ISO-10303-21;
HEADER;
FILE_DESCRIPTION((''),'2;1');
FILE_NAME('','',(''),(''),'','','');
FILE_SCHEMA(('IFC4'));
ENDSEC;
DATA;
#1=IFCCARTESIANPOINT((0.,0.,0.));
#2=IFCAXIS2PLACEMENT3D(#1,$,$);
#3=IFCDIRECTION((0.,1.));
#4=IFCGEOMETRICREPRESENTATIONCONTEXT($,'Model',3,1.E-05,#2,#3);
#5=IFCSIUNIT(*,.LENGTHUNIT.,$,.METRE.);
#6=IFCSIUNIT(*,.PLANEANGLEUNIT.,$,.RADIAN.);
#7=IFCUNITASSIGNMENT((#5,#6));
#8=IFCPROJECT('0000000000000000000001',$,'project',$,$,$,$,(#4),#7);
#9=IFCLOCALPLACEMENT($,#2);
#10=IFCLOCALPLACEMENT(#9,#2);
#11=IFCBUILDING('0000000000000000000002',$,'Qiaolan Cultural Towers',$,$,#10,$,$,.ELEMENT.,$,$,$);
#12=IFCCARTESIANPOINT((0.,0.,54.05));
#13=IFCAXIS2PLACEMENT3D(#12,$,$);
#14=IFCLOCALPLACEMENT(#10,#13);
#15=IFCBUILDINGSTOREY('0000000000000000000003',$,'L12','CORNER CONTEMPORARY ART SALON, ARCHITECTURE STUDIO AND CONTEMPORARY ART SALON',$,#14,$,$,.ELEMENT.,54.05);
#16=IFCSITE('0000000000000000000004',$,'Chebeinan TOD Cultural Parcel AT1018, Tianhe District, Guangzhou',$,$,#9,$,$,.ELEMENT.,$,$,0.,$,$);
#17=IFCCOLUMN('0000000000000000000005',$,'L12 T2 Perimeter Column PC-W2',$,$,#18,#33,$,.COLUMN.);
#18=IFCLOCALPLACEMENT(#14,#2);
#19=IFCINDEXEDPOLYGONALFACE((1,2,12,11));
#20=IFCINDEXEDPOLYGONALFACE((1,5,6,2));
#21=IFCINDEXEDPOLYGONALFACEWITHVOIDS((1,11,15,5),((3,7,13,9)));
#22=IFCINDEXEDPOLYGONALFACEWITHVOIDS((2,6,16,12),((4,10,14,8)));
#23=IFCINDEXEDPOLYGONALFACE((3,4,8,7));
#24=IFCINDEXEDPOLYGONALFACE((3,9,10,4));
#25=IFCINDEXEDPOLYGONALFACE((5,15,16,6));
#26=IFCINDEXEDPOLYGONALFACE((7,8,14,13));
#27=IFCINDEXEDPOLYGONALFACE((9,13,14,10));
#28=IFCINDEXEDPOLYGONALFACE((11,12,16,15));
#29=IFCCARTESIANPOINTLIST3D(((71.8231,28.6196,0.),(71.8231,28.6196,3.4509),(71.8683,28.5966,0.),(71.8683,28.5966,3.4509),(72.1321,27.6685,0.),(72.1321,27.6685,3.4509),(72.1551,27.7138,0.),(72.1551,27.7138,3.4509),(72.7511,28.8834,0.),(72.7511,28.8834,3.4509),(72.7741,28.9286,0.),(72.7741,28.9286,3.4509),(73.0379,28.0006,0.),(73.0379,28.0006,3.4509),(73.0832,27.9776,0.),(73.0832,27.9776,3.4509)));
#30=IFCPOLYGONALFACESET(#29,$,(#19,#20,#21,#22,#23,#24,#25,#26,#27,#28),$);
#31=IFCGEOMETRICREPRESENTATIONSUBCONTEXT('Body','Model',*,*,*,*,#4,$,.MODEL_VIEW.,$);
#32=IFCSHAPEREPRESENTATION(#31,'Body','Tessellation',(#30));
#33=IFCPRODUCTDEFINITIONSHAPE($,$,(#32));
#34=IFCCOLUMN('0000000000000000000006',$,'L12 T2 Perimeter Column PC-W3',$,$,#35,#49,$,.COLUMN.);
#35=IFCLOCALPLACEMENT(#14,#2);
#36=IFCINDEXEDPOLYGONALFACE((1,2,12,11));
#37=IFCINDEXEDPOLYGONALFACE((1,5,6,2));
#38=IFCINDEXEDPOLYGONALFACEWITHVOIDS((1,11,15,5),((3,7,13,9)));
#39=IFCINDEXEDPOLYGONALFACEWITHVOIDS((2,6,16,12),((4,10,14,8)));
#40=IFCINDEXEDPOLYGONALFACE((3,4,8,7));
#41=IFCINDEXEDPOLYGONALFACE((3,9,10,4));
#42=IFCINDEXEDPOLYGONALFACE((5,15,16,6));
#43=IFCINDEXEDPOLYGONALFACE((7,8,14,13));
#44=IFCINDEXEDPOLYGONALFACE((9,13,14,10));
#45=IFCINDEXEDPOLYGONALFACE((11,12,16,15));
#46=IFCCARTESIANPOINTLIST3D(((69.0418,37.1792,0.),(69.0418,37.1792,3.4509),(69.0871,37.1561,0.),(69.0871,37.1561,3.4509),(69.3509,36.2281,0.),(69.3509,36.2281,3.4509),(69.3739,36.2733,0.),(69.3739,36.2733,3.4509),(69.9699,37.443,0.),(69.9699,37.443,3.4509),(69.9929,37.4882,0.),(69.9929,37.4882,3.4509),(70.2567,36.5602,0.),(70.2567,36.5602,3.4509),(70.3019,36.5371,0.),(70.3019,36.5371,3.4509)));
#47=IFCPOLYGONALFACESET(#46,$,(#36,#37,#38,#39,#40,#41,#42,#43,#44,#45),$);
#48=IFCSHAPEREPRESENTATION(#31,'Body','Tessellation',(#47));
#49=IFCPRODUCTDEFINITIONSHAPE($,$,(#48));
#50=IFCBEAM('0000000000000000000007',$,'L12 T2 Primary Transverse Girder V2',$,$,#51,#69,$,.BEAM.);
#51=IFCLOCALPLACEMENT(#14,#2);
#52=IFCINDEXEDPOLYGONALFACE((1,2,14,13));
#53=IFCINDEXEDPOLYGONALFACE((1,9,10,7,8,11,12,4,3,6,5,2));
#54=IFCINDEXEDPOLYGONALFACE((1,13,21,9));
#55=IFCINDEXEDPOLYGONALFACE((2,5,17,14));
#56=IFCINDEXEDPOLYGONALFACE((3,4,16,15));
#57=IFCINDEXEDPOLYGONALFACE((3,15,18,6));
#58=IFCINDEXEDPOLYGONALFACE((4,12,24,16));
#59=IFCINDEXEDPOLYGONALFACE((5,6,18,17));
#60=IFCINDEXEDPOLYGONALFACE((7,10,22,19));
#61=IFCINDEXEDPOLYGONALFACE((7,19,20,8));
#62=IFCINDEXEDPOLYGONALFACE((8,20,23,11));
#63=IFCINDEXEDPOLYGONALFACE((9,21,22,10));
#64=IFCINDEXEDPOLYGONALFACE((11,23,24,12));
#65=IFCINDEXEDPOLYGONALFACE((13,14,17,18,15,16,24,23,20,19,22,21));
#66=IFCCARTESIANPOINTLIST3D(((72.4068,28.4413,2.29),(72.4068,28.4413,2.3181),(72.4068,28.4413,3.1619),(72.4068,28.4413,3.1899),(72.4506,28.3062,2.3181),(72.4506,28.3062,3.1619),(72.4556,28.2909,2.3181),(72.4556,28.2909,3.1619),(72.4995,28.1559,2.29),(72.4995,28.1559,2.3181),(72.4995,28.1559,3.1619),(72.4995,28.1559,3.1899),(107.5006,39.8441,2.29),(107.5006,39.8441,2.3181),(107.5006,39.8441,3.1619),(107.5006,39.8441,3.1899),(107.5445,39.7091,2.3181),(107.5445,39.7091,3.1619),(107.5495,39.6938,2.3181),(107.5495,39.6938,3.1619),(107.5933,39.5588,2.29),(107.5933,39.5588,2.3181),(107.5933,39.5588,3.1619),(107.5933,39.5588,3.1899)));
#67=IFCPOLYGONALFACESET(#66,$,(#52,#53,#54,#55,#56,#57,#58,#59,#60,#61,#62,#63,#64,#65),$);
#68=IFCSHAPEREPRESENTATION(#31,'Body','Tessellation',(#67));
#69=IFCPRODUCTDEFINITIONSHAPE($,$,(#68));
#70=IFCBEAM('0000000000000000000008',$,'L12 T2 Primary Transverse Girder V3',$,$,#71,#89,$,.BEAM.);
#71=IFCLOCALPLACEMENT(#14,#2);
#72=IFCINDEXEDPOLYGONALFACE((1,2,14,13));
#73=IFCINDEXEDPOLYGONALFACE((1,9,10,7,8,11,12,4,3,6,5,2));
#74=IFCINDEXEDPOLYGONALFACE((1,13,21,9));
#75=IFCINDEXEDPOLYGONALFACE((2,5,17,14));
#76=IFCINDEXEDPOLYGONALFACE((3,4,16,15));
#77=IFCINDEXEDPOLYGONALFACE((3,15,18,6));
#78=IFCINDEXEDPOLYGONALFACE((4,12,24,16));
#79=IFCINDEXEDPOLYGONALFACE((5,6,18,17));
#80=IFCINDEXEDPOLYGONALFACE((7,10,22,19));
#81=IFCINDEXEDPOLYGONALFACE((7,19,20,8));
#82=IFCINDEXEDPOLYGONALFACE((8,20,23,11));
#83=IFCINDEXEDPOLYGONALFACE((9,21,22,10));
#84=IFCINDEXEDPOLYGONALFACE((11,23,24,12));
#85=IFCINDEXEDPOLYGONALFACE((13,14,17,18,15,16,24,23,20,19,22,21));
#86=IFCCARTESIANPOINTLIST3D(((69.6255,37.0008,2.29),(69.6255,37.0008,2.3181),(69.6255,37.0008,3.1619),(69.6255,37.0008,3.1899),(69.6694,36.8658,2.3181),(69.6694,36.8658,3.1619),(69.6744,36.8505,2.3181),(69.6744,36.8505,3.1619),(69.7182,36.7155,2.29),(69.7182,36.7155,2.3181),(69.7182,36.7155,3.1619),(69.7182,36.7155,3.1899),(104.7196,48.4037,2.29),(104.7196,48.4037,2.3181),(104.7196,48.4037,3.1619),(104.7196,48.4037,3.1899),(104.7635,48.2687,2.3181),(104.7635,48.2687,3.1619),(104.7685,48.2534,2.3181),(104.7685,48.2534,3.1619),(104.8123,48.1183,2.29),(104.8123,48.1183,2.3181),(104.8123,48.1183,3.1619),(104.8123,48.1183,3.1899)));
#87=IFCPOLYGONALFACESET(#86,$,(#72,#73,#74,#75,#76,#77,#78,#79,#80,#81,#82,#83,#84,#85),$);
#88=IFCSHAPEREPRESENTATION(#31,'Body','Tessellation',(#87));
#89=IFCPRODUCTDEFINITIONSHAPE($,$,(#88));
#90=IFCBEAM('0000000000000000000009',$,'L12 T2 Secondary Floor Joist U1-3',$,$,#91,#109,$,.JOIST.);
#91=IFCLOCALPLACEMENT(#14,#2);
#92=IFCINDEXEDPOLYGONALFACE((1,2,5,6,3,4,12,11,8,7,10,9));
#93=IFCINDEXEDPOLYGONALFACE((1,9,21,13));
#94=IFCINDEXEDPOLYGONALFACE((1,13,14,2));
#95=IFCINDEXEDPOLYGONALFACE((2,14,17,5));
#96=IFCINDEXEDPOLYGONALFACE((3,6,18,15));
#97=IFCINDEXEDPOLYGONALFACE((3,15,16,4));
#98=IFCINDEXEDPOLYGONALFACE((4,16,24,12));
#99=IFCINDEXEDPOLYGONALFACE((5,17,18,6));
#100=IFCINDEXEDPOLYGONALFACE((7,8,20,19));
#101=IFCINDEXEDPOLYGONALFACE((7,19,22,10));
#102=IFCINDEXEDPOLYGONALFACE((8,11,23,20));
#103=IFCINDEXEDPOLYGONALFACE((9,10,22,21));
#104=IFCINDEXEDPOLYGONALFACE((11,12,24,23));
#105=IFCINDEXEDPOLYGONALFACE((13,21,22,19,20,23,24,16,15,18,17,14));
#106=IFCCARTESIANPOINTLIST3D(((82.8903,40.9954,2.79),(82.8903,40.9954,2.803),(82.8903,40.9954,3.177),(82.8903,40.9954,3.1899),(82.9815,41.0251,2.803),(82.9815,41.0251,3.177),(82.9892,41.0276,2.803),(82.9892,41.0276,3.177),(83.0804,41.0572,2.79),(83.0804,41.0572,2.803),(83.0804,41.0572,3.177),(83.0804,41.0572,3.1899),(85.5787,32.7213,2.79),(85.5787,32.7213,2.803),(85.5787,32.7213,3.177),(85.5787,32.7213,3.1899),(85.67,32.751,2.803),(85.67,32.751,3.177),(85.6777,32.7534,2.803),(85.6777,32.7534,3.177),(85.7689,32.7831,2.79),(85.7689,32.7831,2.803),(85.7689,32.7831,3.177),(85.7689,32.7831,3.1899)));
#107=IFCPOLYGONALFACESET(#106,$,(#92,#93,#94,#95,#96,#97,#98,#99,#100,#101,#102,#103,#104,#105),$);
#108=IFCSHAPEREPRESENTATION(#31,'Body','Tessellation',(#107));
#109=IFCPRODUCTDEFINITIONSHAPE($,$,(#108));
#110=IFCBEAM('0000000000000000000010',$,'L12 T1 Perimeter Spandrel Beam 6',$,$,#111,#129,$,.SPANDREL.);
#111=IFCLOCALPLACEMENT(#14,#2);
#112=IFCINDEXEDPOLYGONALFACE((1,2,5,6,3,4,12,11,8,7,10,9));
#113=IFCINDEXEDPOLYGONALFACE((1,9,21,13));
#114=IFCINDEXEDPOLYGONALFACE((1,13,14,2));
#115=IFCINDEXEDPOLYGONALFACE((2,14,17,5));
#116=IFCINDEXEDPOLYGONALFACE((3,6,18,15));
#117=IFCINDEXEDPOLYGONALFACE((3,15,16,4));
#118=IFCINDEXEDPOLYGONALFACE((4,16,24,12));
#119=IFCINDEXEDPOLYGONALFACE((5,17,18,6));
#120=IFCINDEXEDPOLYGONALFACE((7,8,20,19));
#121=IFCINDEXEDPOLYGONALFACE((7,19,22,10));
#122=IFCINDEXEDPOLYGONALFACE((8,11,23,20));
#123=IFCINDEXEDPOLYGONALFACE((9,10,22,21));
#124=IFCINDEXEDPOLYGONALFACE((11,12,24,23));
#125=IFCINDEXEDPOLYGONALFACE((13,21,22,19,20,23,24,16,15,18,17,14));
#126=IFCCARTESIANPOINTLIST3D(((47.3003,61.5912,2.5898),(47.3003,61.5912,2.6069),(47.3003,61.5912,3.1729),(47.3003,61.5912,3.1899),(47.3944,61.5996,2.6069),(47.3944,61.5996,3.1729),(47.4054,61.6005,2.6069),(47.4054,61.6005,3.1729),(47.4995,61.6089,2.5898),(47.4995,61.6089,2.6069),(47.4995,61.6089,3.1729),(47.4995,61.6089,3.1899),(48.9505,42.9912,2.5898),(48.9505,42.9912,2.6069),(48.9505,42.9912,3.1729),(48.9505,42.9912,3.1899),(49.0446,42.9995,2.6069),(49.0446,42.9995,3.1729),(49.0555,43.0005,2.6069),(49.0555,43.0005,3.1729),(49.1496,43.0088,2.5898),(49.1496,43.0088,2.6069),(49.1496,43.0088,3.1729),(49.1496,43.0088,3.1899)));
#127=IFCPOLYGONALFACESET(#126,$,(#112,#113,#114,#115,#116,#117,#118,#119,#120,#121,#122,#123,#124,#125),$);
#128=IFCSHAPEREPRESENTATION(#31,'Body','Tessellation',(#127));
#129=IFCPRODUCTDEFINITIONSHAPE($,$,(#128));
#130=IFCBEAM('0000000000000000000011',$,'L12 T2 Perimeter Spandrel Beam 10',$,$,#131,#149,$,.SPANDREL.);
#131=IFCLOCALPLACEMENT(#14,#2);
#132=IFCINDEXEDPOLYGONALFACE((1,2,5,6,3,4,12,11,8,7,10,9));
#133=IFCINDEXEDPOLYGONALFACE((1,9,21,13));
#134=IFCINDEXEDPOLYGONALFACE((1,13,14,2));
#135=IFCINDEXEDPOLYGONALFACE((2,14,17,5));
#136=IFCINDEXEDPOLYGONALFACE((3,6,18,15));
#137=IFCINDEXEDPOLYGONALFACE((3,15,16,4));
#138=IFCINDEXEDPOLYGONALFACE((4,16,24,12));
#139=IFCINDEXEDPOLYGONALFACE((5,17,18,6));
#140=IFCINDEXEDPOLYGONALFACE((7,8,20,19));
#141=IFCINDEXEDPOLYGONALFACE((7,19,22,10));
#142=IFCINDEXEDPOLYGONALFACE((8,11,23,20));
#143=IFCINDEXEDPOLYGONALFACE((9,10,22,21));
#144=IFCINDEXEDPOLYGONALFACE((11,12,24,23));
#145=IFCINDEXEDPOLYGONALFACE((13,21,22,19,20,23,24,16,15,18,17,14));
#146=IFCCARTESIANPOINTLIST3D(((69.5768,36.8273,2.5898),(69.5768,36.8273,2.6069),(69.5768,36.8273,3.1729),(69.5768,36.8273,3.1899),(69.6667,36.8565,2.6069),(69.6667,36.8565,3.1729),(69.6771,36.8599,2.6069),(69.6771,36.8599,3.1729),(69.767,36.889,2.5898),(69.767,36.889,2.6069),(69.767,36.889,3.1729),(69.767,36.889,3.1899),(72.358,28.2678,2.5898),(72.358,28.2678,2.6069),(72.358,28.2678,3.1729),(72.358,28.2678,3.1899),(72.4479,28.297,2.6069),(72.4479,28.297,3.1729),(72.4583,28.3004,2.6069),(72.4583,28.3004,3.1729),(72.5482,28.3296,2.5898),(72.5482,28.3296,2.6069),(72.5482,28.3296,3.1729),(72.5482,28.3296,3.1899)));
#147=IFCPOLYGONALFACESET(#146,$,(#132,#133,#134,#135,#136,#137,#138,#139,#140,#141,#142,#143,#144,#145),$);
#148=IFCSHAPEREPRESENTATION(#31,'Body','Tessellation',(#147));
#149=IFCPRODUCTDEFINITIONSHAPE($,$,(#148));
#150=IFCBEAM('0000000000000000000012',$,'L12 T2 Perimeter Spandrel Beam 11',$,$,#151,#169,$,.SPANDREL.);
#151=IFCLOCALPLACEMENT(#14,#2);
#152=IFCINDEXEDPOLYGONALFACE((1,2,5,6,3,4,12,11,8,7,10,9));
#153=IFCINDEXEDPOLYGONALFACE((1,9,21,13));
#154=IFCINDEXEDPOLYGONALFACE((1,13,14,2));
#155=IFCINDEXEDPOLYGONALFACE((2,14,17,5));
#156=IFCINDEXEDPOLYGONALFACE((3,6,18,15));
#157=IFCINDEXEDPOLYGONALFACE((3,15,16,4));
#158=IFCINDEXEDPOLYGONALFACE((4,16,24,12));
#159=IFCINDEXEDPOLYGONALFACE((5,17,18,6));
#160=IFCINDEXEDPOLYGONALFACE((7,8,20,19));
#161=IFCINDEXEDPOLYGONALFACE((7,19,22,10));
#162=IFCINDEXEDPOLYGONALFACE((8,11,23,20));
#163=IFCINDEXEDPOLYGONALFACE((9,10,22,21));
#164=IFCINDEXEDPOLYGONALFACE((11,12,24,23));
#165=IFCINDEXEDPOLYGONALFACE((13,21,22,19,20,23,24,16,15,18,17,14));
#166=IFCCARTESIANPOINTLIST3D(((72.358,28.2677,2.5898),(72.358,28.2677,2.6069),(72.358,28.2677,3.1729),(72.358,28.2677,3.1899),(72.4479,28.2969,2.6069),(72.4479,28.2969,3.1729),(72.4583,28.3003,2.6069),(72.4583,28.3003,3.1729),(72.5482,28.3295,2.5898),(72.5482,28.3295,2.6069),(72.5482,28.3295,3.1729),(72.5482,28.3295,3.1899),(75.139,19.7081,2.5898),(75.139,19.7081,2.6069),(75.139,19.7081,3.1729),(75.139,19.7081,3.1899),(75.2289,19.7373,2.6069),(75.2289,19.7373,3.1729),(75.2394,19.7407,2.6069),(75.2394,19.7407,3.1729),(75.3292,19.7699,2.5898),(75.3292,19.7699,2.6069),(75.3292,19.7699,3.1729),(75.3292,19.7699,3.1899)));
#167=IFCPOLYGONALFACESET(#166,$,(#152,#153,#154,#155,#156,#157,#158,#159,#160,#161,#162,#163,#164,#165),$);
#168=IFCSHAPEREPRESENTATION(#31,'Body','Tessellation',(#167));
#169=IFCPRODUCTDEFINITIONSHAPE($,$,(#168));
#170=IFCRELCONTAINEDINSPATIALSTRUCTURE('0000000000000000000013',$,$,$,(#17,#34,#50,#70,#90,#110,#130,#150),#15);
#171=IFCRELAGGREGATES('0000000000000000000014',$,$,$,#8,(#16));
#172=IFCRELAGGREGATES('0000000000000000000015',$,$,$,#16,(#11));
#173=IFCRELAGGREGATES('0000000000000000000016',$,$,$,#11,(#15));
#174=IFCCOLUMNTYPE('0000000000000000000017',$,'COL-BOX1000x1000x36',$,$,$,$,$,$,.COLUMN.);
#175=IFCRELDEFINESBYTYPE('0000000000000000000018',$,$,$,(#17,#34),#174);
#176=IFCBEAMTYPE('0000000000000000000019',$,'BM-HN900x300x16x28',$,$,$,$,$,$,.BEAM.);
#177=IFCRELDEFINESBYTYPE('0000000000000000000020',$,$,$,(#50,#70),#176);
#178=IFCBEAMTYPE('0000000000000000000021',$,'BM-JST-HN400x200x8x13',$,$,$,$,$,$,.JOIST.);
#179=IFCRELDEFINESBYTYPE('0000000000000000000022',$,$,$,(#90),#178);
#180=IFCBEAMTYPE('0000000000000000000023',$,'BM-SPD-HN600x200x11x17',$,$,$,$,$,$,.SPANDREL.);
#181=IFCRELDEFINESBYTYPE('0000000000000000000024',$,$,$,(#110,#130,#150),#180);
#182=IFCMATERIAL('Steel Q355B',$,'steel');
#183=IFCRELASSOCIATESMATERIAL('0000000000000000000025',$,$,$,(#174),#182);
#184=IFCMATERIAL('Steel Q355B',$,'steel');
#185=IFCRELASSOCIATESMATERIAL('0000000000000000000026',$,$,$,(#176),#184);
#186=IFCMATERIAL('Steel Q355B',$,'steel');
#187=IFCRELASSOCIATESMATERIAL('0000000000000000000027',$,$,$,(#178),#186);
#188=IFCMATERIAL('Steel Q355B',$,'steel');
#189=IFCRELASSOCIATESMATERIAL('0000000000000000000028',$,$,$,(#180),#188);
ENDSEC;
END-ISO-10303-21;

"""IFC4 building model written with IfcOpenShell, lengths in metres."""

from ifc_helpers import new_model, si_unit, direction, frame, origin, origin_2d, place, context, subcontext, project, spatial, hollow_rectangle, i_section, extrude, material, material_profile, profile_set, type_object, element, save


model = new_model("IFC4")

# Units and contexts
model_context = context("Model", 3, precision=1e-05, world=origin(), true_north=direction((0.0, 1.0)))
body_context = subcontext(model_context, "Body", "Model", "MODEL_VIEW")
ifc_project = project(units=[si_unit("LENGTHUNIT", "METRE"), si_unit("PLANEANGLEUNIT", "RADIAN")], contexts=[model_context])

# Site, building, storey
site_placement = place(None, origin())
site = spatial("IfcSite", under=ifc_project, at=site_placement, Name="Chebeinan TOD Cultural Parcel AT1018, Tianhe District, Guangzhou", CompositionType="ELEMENT", RefElevation=0.0)
building_placement = place(site_placement, origin())
building = spatial("IfcBuilding", under=site, at=building_placement, Name="Qiaolan Cultural Towers", CompositionType="ELEMENT")
storey_placement = place(building_placement, frame((0.0, 0.0, 54.05)))
storey = spatial("IfcBuildingStorey", under=building, at=storey_placement, Name="L12", Description="CORNER CONTEMPORARY ART SALON, ARCHITECTURE STUDIO AND CONTEMPORARY ART SALON", CompositionType="ELEMENT", Elevation=54.05)

# Columns
ifc_material_1 = material(Name="Steel Q355B", Category="steel")
ifc_material_profile_1 = material_profile(ifc_material_1, hollow_rectangle(XDim=1.0, YDim=1.0, WallThickness=0.0359, at=origin_2d()), Name="BOX1000x1000x36")
ifc_profile_set_1 = profile_set([ifc_material_profile_1], Name="Steel Q355B")
column_type = type_object("IfcColumnType", Name="COL-BOX1000x1000x36", PredefinedType="COLUMN", material=ifc_profile_set_1)
for number, where, z_axis, x_axis, name in (
    (1, (72.4531, 28.2986, 0.0), (0.0, 0.0, 1.0), (0.951057, 0.309017, 0.0), "L12 T2 Perimeter Column PC-W2"),
    (2, (69.6719, 36.8582, 0.0), (0.0, 0.0, 1.0), (0.951057, 0.309017, 0.0), "L12 T2 Perimeter Column PC-W3"),
):
    element("IfcColumn", number, at=place(storey_placement, frame(where, z_axis=z_axis, x_axis=x_axis)), inside=storey, type_object=column_type, Name=name, PredefinedType="COLUMN", context=body_context, shape_type="SweptSolid", body=[
        extrude(hollow_rectangle(XDim=1.0, YDim=1.0, WallThickness=0.0359, at=origin_2d()), origin(), (0.0, 0.0, 1.0), 3.4509),
    ])

# Beams
ifc_material_2 = material(Name="Steel Q355B", Category="steel")
ifc_material_profile_2 = material_profile(ifc_material_2, i_section(OverallWidth=0.3, OverallDepth=0.8999, WebThickness=0.0161, FlangeThickness=0.0281, at=origin_2d()), Name="HN900x300x16x28")
ifc_profile_set_2 = profile_set([ifc_material_profile_2], Name="Steel Q355B")
beam_type_1 = type_object("IfcBeamType", Name="BM-HN900x300x16x28", PredefinedType="BEAM", material=ifc_profile_set_2)
beam_1_placement = place(storey_placement, frame((72.4531, 28.2986, 2.74), z_axis=(0.951055, 0.309021, 0.0), x_axis=(-0.309021, 0.951055, 0.0)))
element("IfcBeam", 3, at=beam_1_placement, inside=storey, type_object=beam_type_1, Name="L12 T2 Primary Transverse Girder V2", PredefinedType="BEAM", context=body_context, shape_type="SweptSolid", body=[
    extrude(i_section(OverallWidth=0.3, OverallDepth=0.8999, WebThickness=0.0161, FlangeThickness=0.0281, at=origin_2d()), origin(), (0.0, 0.0, 1.0), 36.8999),
])
beam_2_placement = place(storey_placement, frame((69.6719, 36.8582, 2.74), z_axis=(0.951056, 0.309019, 0.0), x_axis=(-0.309019, 0.951056, 0.0)))
element("IfcBeam", 4, at=beam_2_placement, inside=storey, type_object=beam_type_1, Name="L12 T2 Primary Transverse Girder V3", PredefinedType="BEAM", context=body_context, shape_type="SweptSolid", body=[
    extrude(i_section(OverallWidth=0.3, OverallDepth=0.8999, WebThickness=0.0161, FlangeThickness=0.0281, at=origin_2d()), origin(), (0.0, 0.0, 1.0), 36.9001),
])
ifc_material_3 = material(Name="Steel Q355B", Category="steel")
ifc_material_profile_3 = material_profile(ifc_material_3, i_section(OverallWidth=0.2, OverallDepth=0.3999, WebThickness=0.0081, FlangeThickness=0.0129, at=origin_2d()), Name="HN400x200x8x13")
ifc_profile_set_3 = profile_set([ifc_material_profile_3], Name="Steel Q355B")
beam_type_2 = type_object("IfcBeamType", Name="BM-JST-HN400x200x8x13", PredefinedType="JOIST", material=ifc_profile_set_3)
beam_3_placement = place(storey_placement, frame((85.6738, 32.7522, 2.99), z_axis=(-0.309021, 0.951055, 0.0), x_axis=(-0.951055, -0.309021, 0.0)))
element("IfcBeam", 5, at=beam_3_placement, inside=storey, type_object=beam_type_2, Name="L12 T2 Secondary Floor Joist U1-3", PredefinedType="JOIST", context=body_context, shape_type="SweptSolid", body=[
    extrude(i_section(OverallWidth=0.2, OverallDepth=0.3999, WebThickness=0.0081, FlangeThickness=0.0129, at=origin_2d()), origin(), (0.0, 0.0, 1.0), 8.7),
])
ifc_material_4 = material(Name="Steel Q355B", Category="steel")
ifc_material_profile_4 = material_profile(ifc_material_4, i_section(OverallWidth=0.2, OverallDepth=0.6001, WebThickness=0.011, FlangeThickness=0.0171, at=origin_2d()), Name="HN600x200x11x17")
ifc_profile_set_4 = profile_set([ifc_material_profile_4], Name="Steel Q355B")
beam_type_3 = type_object("IfcBeamType", Name="BM-SPD-HN600x200x11x17", PredefinedType="SPANDREL", material=ifc_profile_set_4)
beam_4_placement = place(storey_placement, frame((49.05, 43.0, 2.8899), z_axis=(-0.08837, 0.996088, 0.0), x_axis=(-0.996088, -0.08837, 0.0)))
element("IfcBeam", 6, at=beam_4_placement, inside=storey, type_object=beam_type_3, Name="L12 T1 Perimeter Spandrel Beam 6", PredefinedType="SPANDREL", context=body_context, shape_type="SweptSolid", body=[
    extrude(i_section(OverallWidth=0.2, OverallDepth=0.6001, WebThickness=0.011, FlangeThickness=0.0171, at=origin_2d()), origin(), (0.0, 0.0, 1.0), 18.6731),
])
for number, where, z_axis, x_axis, name in (
    (7, (69.6719, 36.8582, 2.8899), (0.309025, -0.951054, 0.0), (0.951054, 0.309025, 0.0), "L12 T2 Perimeter Spandrel Beam 10"),
    (8, (72.4531, 28.2986, 2.8899), (0.309, -0.951062, 0.0), (0.951062, 0.309, 0.0), "L12 T2 Perimeter Spandrel Beam 11"),
):
    element("IfcBeam", number, at=place(storey_placement, frame(where, z_axis=z_axis, x_axis=x_axis)), inside=storey, type_object=beam_type_3, Name=name, PredefinedType="SPANDREL", context=body_context, shape_type="SweptSolid", body=[
        extrude(i_section(OverallWidth=0.2, OverallDepth=0.6001, WebThickness=0.011, FlangeThickness=0.0171, at=origin_2d()), origin(), (0.0, 0.0, 1.0), 9.0),
    ])

save(model, "model.ifc")
